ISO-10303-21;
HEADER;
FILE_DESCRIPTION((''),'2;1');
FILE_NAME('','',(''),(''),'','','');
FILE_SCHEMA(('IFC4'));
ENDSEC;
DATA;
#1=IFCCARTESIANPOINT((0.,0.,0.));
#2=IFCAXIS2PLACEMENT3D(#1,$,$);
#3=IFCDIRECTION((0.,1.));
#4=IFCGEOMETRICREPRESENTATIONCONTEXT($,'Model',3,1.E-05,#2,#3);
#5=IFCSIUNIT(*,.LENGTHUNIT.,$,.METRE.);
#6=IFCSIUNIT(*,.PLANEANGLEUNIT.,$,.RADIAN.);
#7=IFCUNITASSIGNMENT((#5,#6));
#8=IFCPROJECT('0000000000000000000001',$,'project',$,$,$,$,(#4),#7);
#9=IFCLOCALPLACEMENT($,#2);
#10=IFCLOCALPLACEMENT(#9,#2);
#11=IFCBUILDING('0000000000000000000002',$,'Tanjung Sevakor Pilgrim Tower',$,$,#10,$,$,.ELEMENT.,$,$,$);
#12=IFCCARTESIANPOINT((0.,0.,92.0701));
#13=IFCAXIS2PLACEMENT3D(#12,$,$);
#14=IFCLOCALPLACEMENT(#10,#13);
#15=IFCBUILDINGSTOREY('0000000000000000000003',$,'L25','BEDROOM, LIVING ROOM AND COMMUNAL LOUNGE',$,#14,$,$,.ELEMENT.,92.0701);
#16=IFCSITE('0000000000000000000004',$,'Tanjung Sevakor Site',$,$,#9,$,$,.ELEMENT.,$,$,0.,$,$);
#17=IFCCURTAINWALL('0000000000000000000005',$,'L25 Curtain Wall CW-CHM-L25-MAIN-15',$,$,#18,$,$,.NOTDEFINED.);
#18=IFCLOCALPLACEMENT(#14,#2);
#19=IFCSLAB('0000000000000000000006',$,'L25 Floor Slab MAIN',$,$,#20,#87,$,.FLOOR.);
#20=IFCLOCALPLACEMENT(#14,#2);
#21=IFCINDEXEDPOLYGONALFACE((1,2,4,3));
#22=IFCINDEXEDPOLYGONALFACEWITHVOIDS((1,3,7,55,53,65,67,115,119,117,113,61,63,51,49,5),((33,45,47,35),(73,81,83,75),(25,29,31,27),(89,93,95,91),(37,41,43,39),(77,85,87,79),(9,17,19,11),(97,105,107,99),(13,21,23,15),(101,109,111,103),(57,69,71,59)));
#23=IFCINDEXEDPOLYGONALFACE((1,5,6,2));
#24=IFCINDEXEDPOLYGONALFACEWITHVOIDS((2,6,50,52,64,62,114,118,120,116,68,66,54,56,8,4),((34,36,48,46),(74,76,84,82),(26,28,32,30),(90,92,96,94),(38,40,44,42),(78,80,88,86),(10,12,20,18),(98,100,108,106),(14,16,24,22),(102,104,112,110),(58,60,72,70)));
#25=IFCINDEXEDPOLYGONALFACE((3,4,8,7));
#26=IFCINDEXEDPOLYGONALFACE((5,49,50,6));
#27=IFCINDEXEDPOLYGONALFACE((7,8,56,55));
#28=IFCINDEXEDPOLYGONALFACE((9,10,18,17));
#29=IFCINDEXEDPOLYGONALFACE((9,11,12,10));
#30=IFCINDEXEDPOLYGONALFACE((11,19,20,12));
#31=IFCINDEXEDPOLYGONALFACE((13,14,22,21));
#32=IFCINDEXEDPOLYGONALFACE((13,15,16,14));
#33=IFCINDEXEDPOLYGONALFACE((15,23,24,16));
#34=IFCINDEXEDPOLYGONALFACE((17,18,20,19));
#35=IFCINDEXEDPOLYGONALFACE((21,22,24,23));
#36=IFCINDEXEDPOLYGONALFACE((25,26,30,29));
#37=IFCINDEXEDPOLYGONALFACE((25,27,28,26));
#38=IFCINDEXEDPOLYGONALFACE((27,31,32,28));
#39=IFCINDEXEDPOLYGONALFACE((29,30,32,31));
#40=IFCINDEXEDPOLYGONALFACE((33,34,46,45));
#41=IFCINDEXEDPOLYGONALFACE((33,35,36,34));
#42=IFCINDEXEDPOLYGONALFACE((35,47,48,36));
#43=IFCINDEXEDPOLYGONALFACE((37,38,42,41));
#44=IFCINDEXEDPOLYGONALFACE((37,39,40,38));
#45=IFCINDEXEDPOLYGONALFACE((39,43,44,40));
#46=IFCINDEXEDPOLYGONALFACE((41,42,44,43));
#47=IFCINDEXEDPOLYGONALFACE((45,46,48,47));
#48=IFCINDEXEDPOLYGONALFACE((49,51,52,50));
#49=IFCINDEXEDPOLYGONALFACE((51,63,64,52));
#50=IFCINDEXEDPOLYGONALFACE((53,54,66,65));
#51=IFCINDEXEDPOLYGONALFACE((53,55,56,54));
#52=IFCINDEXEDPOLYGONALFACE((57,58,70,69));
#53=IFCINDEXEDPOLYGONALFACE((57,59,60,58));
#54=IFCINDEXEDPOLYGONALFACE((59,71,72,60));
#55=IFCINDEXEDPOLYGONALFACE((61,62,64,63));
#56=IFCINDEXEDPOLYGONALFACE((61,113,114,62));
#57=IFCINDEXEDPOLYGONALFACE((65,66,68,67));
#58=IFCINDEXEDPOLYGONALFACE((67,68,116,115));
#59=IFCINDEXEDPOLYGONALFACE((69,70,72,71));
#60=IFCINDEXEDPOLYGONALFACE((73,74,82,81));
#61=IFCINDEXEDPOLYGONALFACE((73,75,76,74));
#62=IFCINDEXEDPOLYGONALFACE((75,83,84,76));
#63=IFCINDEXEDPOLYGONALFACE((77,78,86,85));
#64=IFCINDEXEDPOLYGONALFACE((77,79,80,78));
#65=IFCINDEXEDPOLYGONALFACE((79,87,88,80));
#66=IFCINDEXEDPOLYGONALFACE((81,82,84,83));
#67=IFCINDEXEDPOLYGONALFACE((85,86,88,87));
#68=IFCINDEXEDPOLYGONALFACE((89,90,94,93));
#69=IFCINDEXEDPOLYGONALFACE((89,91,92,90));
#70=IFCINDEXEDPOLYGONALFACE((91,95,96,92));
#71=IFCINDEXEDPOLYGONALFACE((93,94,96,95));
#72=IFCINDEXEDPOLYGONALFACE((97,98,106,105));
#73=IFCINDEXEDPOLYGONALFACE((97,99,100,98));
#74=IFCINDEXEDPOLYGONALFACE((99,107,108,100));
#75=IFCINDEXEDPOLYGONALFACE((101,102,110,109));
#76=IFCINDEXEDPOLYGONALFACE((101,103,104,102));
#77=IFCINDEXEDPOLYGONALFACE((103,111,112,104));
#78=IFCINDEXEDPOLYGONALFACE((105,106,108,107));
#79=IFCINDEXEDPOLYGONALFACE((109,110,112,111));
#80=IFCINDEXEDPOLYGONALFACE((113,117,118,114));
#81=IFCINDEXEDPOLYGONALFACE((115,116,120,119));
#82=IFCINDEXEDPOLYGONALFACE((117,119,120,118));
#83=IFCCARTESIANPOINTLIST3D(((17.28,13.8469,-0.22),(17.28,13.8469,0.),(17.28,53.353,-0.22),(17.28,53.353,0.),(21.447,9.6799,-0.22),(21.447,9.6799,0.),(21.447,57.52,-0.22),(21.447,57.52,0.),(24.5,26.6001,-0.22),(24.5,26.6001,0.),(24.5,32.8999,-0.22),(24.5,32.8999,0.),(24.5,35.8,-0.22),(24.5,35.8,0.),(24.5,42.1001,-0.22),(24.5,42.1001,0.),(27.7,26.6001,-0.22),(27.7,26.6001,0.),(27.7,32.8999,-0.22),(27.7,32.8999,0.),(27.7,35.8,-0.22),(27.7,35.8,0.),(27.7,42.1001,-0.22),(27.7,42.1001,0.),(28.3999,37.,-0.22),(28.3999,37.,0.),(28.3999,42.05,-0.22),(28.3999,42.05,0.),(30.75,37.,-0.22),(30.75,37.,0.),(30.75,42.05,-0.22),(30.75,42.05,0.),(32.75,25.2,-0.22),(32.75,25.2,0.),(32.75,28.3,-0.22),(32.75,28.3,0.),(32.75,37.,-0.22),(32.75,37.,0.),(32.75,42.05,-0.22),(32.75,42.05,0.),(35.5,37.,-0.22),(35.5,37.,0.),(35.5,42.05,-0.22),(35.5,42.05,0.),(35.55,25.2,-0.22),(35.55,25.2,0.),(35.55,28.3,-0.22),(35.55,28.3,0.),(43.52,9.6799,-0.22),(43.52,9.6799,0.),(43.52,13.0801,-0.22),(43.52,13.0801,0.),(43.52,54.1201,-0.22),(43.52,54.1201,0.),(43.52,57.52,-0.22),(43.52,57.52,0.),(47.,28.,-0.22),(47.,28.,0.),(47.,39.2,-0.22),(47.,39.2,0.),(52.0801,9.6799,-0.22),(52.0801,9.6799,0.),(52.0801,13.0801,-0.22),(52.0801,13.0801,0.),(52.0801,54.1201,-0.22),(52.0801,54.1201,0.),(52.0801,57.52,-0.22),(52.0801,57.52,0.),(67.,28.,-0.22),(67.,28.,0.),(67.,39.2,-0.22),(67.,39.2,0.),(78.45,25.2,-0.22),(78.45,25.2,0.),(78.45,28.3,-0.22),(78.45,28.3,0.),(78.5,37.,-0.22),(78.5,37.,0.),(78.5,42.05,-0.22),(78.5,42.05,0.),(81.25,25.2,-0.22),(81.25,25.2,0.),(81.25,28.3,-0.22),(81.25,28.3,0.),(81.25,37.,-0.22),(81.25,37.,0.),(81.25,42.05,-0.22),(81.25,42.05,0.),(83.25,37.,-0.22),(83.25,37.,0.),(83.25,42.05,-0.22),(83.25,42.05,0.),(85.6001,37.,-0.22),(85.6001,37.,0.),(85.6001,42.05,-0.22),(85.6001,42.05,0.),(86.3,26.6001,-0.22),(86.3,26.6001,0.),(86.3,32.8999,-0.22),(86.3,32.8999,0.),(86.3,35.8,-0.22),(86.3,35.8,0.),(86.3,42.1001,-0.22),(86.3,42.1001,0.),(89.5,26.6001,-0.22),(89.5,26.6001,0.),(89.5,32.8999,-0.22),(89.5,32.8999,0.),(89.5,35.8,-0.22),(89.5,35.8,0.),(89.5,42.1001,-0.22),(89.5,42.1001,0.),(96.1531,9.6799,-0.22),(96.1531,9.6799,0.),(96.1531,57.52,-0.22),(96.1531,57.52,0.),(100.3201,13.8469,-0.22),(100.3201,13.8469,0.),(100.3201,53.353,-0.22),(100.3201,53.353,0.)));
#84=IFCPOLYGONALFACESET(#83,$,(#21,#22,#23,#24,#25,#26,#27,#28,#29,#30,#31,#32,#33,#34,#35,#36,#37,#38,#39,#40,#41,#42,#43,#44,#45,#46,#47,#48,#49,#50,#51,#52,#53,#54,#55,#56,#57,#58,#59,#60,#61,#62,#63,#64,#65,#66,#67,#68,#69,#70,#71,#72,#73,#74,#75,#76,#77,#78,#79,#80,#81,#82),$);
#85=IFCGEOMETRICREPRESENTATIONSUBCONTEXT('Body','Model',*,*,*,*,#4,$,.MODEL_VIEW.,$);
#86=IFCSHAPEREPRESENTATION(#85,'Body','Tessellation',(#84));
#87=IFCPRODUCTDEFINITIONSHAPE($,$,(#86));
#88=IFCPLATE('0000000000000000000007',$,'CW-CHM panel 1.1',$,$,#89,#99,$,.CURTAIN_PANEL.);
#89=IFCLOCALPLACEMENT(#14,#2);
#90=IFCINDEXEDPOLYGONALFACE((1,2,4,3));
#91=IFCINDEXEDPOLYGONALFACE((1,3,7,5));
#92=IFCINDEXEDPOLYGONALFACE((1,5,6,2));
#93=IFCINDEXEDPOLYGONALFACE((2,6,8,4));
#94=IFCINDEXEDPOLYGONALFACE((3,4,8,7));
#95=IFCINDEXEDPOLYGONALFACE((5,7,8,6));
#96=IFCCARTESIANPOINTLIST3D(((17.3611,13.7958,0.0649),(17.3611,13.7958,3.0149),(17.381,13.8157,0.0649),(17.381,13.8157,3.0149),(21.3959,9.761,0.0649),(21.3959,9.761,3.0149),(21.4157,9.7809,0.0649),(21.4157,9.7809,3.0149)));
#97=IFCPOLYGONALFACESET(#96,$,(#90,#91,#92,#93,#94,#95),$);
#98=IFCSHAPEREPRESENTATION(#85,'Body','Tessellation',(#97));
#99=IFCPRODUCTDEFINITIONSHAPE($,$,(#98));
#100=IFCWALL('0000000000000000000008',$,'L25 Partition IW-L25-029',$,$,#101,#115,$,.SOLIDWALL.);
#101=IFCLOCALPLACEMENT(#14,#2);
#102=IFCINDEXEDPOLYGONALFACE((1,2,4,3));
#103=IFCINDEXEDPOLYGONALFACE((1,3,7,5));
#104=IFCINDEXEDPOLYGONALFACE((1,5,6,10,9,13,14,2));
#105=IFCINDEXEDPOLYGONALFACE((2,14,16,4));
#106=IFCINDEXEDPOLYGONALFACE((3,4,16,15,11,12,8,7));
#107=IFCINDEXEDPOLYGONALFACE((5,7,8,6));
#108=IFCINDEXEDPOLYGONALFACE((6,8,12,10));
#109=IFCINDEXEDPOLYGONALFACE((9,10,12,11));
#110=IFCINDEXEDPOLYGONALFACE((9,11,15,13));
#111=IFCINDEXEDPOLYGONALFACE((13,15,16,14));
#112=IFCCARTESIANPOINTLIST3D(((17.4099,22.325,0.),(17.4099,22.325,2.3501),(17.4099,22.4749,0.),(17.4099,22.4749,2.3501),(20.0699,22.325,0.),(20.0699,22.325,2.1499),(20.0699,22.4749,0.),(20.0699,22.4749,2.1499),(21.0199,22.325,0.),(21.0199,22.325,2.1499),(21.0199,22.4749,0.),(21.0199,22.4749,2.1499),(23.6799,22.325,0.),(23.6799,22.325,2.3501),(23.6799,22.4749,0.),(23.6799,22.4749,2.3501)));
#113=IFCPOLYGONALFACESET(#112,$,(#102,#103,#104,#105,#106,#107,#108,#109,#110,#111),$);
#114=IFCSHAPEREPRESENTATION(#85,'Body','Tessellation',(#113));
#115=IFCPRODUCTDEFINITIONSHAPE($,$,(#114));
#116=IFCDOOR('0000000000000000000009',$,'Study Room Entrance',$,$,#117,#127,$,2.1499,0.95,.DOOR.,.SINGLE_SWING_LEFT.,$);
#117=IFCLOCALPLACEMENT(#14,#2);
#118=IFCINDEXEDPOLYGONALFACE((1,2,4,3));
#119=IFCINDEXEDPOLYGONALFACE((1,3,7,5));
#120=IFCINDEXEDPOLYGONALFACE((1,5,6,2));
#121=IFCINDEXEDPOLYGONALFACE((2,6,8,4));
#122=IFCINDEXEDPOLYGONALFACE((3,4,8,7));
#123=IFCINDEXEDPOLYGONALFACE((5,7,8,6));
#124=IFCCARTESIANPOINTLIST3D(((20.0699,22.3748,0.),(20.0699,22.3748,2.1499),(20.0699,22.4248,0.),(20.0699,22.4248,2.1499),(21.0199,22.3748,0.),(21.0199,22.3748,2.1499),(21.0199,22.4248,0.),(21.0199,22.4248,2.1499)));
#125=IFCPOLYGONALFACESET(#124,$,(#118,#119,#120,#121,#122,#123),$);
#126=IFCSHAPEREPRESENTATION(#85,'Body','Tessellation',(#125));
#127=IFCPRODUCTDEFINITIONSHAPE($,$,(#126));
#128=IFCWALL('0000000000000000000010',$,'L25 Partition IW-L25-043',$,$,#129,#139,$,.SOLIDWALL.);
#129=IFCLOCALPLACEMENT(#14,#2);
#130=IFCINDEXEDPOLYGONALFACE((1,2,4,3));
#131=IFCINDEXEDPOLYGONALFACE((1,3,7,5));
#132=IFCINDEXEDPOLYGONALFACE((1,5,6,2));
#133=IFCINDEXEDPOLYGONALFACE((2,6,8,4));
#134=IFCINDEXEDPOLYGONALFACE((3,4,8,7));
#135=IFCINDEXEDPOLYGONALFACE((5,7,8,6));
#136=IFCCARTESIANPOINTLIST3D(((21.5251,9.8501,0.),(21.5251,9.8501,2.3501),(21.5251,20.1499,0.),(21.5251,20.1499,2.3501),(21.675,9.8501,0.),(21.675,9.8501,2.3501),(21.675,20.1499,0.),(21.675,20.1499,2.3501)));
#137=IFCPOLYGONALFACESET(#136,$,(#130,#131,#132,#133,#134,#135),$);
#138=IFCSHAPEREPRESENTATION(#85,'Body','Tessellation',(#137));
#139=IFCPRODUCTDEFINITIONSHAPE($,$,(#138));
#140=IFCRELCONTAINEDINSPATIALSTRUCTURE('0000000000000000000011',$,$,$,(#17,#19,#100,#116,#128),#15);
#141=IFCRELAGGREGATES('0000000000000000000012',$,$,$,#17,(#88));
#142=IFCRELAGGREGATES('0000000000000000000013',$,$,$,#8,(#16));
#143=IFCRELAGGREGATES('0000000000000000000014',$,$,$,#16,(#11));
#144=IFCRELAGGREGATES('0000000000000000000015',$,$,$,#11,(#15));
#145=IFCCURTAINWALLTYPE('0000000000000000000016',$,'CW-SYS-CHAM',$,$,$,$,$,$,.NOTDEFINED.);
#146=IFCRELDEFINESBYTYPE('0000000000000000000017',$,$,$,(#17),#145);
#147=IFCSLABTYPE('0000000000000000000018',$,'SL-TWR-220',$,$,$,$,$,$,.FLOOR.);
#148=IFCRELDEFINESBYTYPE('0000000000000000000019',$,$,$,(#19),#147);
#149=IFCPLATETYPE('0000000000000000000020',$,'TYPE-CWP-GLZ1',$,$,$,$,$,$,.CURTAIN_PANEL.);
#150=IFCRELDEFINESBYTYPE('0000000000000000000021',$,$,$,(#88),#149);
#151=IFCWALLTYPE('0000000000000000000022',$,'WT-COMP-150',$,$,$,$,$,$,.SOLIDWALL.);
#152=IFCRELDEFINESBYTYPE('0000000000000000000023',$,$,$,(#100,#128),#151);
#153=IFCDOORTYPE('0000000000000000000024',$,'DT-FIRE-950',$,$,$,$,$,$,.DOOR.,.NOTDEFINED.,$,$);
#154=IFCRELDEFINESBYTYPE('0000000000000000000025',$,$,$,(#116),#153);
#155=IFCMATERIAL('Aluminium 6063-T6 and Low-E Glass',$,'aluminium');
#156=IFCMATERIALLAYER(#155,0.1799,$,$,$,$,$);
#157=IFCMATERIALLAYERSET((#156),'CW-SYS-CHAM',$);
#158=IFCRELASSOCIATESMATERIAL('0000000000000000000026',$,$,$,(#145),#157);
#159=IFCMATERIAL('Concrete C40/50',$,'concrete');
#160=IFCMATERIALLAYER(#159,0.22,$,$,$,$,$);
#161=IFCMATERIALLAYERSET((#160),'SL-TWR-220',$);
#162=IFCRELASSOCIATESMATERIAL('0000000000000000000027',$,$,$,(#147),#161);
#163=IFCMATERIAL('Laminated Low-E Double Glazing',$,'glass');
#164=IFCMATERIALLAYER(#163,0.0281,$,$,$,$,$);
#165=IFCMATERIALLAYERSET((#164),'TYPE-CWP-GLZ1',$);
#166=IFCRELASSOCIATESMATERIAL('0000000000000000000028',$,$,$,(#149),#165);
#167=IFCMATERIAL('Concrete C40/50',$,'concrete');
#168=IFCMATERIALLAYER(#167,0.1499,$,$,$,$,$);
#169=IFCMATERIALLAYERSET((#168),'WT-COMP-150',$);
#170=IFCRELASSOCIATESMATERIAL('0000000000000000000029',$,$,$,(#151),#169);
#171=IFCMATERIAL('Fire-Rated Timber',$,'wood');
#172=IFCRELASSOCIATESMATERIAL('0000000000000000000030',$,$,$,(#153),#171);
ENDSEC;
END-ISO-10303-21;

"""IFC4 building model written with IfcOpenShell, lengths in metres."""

from ifc_helpers import new_model, si_unit, direction, frame, frame_2d, origin, origin_2d, place, context, subcontext, project, spatial, polyline, rectangle, outline, extrude, material, layer, layer_set, type_object, element, fill, aggregate, save


model = new_model("IFC4")

# Units and contexts
model_context = context("Model", 3, precision=1e-05, world=origin(), true_north=direction((0.0, 1.0)))
body_context = subcontext(model_context, "Body", "Model", "MODEL_VIEW")
ifc_project = project(units=[si_unit("LENGTHUNIT", "METRE"), si_unit("PLANEANGLEUNIT", "RADIAN")], contexts=[model_context])

# Site, building, storey
site_placement = place(None, origin())
site = spatial("IfcSite", under=ifc_project, at=site_placement, Name="Tanjung Sevakor Site", CompositionType="ELEMENT", RefElevation=0.0)
building_placement = place(site_placement, origin())
building = spatial("IfcBuilding", under=site, at=building_placement, Name="Tanjung Sevakor Pilgrim Tower", CompositionType="ELEMENT")
storey_placement = place(building_placement, frame((0.0, 0.0, 92.0701)))
storey = spatial("IfcBuildingStorey", under=building, at=storey_placement, Name="L25", Description="BEDROOM, LIVING ROOM AND COMMUNAL LOUNGE", CompositionType="ELEMENT", Elevation=92.0701)

# Curtain wall
ifc_material_1 = material(Name="Aluminium 6063-T6 and Low-E Glass", Category="aluminium")
ifc_layer_1 = layer(ifc_material_1, 0.1799)
ifc_layer_set_1 = layer_set([ifc_layer_1], Name="CW-SYS-CHAM")
curtain_wall_type = type_object("IfcCurtainWallType", Name="CW-SYS-CHAM", PredefinedType="NOTDEFINED", material=ifc_layer_set_1)
curtain_wall_placement = place(storey_placement, origin())
curtain_wall = element("IfcCurtainWall", 1, at=curtain_wall_placement, inside=storey, type_object=curtain_wall_type, Name="L25 Curtain Wall CW-CHM-L25-MAIN-15", PredefinedType="NOTDEFINED")

# Slab
ifc_material_2 = material(Name="Concrete C40/50", Category="concrete")
ifc_layer_2 = layer(ifc_material_2, 0.22)
ifc_layer_set_2 = layer_set([ifc_layer_2], Name="SL-TWR-220")
slab_type_1 = type_object("IfcSlabType", Name="SL-TWR-220", PredefinedType="FLOOR", material=ifc_layer_set_2)
slab_1_placement = place(storey_placement, frame((0.0, 0.0, -0.22)))
element("IfcSlab", 2, at=slab_1_placement, inside=storey, type_object=slab_type_1, Name="L25 Floor Slab MAIN", PredefinedType="FLOOR", context=body_context, shape_type="SweptSolid", body=[
    extrude(outline(polyline([(21.447, 9.6799), (43.52, 9.6799), (43.52, 13.0801), (52.0801, 13.0801), (52.0801, 9.6799), (96.1531, 9.6799), (100.3201, 13.8469), (100.3201, 53.353), (96.1531, 57.52), (52.0801, 57.52), (52.0801, 54.1201), (43.52, 54.1201), (43.52, 57.52), (21.447, 57.52), (17.28, 53.353), (17.28, 13.8469), (21.447, 9.6799)]), holes=[polyline([(27.7, 26.6001), (27.7, 32.8999), (24.5, 32.8999), (24.5, 26.6001), (27.7, 26.6001)]), polyline([(27.7, 35.8), (27.7, 42.1001), (24.5, 42.1001), (24.5, 35.8), (27.7, 35.8)]), polyline([(89.5, 26.6001), (89.5, 32.8999), (86.3, 32.8999), (86.3, 26.6001), (89.5, 26.6001)]), polyline([(89.5, 35.8), (89.5, 42.1001), (86.3, 42.1001), (86.3, 35.8), (89.5, 35.8)]), polyline([(32.75, 25.2), (35.55, 25.2), (35.55, 28.3), (32.75, 28.3), (32.75, 25.2)]), polyline([(28.3999, 37.0), (30.75, 37.0), (30.75, 42.05), (28.3999, 42.05), (28.3999, 37.0)]), polyline([(32.75, 37.0), (35.5, 37.0), (35.5, 42.05), (32.75, 42.05), (32.75, 37.0)]), polyline([(78.45, 25.2), (81.25, 25.2), (81.25, 28.3), (78.45, 28.3), (78.45, 25.2)]), polyline([(83.25, 37.0), (85.6001, 37.0), (85.6001, 42.05), (83.25, 42.05), (83.25, 37.0)]), polyline([(78.5, 37.0), (81.25, 37.0), (81.25, 42.05), (78.5, 42.05), (78.5, 37.0)]), polyline([(47.0, 28.0), (67.0, 28.0), (67.0, 39.2), (47.0, 39.2), (47.0, 28.0)])]), origin(), (0.0, 0.0, 1.0), 0.22),
])

# Plate
ifc_material_3 = material(Name="Laminated Low-E Double Glazing", Category="glass")
ifc_layer_3 = layer(ifc_material_3, 0.0281)
ifc_layer_set_3 = layer_set([ifc_layer_3], Name="TYPE-CWP-GLZ1")
plate_type = type_object("IfcPlateType", Name="TYPE-CWP-GLZ1", PredefinedType="CURTAIN_PANEL", material=ifc_layer_set_3)
plate_placement = place(storey_placement, frame((19.3884, 11.7883, 0.0649), z_axis=(0.0, 0.0, 1.0), x_axis=(0.707107, -0.707107, 0.0)))
plate = element("IfcPlate", 3, at=plate_placement, type_object=plate_type, Name="CW-CHM panel 1.1", PredefinedType="CURTAIN_PANEL", context=body_context, shape_type="SweptSolid", body=[
    extrude(rectangle(XDim=5.7061, YDim=0.0281, at=origin_2d()), origin(), (0.0, 0.0, 1.0), 2.95),
])
aggregate(curtain_wall, [plate])

# Wall, opening, door
ifc_material_4 = material(Name="Concrete C40/50", Category="concrete")
ifc_layer_4 = layer(ifc_material_4, 0.1499)
ifc_layer_set_4 = layer_set([ifc_layer_4], Name="WT-COMP-150")
wall_type_1 = type_object("IfcWallType", Name="WT-COMP-150", PredefinedType="SOLIDWALL", material=ifc_layer_set_4)
wall_1_placement = place(storey_placement, frame((17.4099, 22.3999, 0.0), z_axis=(0.0, 0.0, 1.0), x_axis=(1.0, 0.0, 0.0)))
wall_1 = element("IfcWall", 4, at=wall_1_placement, inside=storey, type_object=wall_type_1, Name="L25 Partition IW-L25-029", PredefinedType="SOLIDWALL", context=body_context, shape_type="SweptSolid", body=[
    extrude(rectangle(XDim=6.27, YDim=0.1499, at=frame_2d((3.135, 0.0))), origin(), (0.0, 0.0, 1.0), 2.3501),
])
opening_1_placement = place(wall_1_placement, frame((2.6599, 0.0, 0.0)))
opening_1 = element("IfcOpeningElement", 5, at=opening_1_placement, cuts=wall_1, PredefinedType="OPENING", context=body_context, shape_type="SweptSolid", body=[
    extrude(rectangle(XDim=0.95, YDim=2.1499, at=frame_2d((0.4751, 1.075))), frame((0.0, 0.085, 0.0), z_axis=(0.0, -1.0, 0.0), x_axis=(1.0, 0.0, 0.0)), (0.0, 0.0, 1.0), 0.1699),
])
ifc_material_5 = material(Name="Fire-Rated Timber", Category="wood")
door_type_1 = type_object("IfcDoorType", Name="DT-FIRE-950", OperationType="NOTDEFINED", PredefinedType="DOOR", material=ifc_material_5)
door_1_placement = place(opening_1_placement, origin())
door_1 = element("IfcDoor", 6, at=door_1_placement, inside=storey, type_object=door_type_1, Name="Study Room Entrance", OperationType="SINGLE_SWING_LEFT", OverallHeight=2.1499, OverallWidth=0.95, PredefinedType="DOOR", context=body_context, shape_type="SweptSolid", body=[
    extrude(rectangle(XDim=0.95, YDim=2.1499, at=frame_2d((0.4751, 1.075))), frame((0.0, 0.0249, 0.0), z_axis=(0.0, -1.0, 0.0), x_axis=(1.0, 0.0, 0.0)), (0.0, 0.0, 1.0), 0.05),
])
fill(opening_1, door_1)

# Wall
wall_2_placement = place(storey_placement, frame((21.6001, 9.8501, 0.0), z_axis=(0.0, 0.0, 1.0), x_axis=(0.0, 1.0, 0.0)))
element("IfcWall", 7, at=wall_2_placement, inside=storey, type_object=wall_type_1, Name="L25 Partition IW-L25-043", PredefinedType="SOLIDWALL", context=body_context, shape_type="SweptSolid", body=[
    extrude(rectangle(XDim=10.2998, YDim=0.1499, at=frame_2d((5.1499, 0.0))), origin(), (0.0, 0.0, 1.0), 2.3501),
])

save(model, "model.ifc")
